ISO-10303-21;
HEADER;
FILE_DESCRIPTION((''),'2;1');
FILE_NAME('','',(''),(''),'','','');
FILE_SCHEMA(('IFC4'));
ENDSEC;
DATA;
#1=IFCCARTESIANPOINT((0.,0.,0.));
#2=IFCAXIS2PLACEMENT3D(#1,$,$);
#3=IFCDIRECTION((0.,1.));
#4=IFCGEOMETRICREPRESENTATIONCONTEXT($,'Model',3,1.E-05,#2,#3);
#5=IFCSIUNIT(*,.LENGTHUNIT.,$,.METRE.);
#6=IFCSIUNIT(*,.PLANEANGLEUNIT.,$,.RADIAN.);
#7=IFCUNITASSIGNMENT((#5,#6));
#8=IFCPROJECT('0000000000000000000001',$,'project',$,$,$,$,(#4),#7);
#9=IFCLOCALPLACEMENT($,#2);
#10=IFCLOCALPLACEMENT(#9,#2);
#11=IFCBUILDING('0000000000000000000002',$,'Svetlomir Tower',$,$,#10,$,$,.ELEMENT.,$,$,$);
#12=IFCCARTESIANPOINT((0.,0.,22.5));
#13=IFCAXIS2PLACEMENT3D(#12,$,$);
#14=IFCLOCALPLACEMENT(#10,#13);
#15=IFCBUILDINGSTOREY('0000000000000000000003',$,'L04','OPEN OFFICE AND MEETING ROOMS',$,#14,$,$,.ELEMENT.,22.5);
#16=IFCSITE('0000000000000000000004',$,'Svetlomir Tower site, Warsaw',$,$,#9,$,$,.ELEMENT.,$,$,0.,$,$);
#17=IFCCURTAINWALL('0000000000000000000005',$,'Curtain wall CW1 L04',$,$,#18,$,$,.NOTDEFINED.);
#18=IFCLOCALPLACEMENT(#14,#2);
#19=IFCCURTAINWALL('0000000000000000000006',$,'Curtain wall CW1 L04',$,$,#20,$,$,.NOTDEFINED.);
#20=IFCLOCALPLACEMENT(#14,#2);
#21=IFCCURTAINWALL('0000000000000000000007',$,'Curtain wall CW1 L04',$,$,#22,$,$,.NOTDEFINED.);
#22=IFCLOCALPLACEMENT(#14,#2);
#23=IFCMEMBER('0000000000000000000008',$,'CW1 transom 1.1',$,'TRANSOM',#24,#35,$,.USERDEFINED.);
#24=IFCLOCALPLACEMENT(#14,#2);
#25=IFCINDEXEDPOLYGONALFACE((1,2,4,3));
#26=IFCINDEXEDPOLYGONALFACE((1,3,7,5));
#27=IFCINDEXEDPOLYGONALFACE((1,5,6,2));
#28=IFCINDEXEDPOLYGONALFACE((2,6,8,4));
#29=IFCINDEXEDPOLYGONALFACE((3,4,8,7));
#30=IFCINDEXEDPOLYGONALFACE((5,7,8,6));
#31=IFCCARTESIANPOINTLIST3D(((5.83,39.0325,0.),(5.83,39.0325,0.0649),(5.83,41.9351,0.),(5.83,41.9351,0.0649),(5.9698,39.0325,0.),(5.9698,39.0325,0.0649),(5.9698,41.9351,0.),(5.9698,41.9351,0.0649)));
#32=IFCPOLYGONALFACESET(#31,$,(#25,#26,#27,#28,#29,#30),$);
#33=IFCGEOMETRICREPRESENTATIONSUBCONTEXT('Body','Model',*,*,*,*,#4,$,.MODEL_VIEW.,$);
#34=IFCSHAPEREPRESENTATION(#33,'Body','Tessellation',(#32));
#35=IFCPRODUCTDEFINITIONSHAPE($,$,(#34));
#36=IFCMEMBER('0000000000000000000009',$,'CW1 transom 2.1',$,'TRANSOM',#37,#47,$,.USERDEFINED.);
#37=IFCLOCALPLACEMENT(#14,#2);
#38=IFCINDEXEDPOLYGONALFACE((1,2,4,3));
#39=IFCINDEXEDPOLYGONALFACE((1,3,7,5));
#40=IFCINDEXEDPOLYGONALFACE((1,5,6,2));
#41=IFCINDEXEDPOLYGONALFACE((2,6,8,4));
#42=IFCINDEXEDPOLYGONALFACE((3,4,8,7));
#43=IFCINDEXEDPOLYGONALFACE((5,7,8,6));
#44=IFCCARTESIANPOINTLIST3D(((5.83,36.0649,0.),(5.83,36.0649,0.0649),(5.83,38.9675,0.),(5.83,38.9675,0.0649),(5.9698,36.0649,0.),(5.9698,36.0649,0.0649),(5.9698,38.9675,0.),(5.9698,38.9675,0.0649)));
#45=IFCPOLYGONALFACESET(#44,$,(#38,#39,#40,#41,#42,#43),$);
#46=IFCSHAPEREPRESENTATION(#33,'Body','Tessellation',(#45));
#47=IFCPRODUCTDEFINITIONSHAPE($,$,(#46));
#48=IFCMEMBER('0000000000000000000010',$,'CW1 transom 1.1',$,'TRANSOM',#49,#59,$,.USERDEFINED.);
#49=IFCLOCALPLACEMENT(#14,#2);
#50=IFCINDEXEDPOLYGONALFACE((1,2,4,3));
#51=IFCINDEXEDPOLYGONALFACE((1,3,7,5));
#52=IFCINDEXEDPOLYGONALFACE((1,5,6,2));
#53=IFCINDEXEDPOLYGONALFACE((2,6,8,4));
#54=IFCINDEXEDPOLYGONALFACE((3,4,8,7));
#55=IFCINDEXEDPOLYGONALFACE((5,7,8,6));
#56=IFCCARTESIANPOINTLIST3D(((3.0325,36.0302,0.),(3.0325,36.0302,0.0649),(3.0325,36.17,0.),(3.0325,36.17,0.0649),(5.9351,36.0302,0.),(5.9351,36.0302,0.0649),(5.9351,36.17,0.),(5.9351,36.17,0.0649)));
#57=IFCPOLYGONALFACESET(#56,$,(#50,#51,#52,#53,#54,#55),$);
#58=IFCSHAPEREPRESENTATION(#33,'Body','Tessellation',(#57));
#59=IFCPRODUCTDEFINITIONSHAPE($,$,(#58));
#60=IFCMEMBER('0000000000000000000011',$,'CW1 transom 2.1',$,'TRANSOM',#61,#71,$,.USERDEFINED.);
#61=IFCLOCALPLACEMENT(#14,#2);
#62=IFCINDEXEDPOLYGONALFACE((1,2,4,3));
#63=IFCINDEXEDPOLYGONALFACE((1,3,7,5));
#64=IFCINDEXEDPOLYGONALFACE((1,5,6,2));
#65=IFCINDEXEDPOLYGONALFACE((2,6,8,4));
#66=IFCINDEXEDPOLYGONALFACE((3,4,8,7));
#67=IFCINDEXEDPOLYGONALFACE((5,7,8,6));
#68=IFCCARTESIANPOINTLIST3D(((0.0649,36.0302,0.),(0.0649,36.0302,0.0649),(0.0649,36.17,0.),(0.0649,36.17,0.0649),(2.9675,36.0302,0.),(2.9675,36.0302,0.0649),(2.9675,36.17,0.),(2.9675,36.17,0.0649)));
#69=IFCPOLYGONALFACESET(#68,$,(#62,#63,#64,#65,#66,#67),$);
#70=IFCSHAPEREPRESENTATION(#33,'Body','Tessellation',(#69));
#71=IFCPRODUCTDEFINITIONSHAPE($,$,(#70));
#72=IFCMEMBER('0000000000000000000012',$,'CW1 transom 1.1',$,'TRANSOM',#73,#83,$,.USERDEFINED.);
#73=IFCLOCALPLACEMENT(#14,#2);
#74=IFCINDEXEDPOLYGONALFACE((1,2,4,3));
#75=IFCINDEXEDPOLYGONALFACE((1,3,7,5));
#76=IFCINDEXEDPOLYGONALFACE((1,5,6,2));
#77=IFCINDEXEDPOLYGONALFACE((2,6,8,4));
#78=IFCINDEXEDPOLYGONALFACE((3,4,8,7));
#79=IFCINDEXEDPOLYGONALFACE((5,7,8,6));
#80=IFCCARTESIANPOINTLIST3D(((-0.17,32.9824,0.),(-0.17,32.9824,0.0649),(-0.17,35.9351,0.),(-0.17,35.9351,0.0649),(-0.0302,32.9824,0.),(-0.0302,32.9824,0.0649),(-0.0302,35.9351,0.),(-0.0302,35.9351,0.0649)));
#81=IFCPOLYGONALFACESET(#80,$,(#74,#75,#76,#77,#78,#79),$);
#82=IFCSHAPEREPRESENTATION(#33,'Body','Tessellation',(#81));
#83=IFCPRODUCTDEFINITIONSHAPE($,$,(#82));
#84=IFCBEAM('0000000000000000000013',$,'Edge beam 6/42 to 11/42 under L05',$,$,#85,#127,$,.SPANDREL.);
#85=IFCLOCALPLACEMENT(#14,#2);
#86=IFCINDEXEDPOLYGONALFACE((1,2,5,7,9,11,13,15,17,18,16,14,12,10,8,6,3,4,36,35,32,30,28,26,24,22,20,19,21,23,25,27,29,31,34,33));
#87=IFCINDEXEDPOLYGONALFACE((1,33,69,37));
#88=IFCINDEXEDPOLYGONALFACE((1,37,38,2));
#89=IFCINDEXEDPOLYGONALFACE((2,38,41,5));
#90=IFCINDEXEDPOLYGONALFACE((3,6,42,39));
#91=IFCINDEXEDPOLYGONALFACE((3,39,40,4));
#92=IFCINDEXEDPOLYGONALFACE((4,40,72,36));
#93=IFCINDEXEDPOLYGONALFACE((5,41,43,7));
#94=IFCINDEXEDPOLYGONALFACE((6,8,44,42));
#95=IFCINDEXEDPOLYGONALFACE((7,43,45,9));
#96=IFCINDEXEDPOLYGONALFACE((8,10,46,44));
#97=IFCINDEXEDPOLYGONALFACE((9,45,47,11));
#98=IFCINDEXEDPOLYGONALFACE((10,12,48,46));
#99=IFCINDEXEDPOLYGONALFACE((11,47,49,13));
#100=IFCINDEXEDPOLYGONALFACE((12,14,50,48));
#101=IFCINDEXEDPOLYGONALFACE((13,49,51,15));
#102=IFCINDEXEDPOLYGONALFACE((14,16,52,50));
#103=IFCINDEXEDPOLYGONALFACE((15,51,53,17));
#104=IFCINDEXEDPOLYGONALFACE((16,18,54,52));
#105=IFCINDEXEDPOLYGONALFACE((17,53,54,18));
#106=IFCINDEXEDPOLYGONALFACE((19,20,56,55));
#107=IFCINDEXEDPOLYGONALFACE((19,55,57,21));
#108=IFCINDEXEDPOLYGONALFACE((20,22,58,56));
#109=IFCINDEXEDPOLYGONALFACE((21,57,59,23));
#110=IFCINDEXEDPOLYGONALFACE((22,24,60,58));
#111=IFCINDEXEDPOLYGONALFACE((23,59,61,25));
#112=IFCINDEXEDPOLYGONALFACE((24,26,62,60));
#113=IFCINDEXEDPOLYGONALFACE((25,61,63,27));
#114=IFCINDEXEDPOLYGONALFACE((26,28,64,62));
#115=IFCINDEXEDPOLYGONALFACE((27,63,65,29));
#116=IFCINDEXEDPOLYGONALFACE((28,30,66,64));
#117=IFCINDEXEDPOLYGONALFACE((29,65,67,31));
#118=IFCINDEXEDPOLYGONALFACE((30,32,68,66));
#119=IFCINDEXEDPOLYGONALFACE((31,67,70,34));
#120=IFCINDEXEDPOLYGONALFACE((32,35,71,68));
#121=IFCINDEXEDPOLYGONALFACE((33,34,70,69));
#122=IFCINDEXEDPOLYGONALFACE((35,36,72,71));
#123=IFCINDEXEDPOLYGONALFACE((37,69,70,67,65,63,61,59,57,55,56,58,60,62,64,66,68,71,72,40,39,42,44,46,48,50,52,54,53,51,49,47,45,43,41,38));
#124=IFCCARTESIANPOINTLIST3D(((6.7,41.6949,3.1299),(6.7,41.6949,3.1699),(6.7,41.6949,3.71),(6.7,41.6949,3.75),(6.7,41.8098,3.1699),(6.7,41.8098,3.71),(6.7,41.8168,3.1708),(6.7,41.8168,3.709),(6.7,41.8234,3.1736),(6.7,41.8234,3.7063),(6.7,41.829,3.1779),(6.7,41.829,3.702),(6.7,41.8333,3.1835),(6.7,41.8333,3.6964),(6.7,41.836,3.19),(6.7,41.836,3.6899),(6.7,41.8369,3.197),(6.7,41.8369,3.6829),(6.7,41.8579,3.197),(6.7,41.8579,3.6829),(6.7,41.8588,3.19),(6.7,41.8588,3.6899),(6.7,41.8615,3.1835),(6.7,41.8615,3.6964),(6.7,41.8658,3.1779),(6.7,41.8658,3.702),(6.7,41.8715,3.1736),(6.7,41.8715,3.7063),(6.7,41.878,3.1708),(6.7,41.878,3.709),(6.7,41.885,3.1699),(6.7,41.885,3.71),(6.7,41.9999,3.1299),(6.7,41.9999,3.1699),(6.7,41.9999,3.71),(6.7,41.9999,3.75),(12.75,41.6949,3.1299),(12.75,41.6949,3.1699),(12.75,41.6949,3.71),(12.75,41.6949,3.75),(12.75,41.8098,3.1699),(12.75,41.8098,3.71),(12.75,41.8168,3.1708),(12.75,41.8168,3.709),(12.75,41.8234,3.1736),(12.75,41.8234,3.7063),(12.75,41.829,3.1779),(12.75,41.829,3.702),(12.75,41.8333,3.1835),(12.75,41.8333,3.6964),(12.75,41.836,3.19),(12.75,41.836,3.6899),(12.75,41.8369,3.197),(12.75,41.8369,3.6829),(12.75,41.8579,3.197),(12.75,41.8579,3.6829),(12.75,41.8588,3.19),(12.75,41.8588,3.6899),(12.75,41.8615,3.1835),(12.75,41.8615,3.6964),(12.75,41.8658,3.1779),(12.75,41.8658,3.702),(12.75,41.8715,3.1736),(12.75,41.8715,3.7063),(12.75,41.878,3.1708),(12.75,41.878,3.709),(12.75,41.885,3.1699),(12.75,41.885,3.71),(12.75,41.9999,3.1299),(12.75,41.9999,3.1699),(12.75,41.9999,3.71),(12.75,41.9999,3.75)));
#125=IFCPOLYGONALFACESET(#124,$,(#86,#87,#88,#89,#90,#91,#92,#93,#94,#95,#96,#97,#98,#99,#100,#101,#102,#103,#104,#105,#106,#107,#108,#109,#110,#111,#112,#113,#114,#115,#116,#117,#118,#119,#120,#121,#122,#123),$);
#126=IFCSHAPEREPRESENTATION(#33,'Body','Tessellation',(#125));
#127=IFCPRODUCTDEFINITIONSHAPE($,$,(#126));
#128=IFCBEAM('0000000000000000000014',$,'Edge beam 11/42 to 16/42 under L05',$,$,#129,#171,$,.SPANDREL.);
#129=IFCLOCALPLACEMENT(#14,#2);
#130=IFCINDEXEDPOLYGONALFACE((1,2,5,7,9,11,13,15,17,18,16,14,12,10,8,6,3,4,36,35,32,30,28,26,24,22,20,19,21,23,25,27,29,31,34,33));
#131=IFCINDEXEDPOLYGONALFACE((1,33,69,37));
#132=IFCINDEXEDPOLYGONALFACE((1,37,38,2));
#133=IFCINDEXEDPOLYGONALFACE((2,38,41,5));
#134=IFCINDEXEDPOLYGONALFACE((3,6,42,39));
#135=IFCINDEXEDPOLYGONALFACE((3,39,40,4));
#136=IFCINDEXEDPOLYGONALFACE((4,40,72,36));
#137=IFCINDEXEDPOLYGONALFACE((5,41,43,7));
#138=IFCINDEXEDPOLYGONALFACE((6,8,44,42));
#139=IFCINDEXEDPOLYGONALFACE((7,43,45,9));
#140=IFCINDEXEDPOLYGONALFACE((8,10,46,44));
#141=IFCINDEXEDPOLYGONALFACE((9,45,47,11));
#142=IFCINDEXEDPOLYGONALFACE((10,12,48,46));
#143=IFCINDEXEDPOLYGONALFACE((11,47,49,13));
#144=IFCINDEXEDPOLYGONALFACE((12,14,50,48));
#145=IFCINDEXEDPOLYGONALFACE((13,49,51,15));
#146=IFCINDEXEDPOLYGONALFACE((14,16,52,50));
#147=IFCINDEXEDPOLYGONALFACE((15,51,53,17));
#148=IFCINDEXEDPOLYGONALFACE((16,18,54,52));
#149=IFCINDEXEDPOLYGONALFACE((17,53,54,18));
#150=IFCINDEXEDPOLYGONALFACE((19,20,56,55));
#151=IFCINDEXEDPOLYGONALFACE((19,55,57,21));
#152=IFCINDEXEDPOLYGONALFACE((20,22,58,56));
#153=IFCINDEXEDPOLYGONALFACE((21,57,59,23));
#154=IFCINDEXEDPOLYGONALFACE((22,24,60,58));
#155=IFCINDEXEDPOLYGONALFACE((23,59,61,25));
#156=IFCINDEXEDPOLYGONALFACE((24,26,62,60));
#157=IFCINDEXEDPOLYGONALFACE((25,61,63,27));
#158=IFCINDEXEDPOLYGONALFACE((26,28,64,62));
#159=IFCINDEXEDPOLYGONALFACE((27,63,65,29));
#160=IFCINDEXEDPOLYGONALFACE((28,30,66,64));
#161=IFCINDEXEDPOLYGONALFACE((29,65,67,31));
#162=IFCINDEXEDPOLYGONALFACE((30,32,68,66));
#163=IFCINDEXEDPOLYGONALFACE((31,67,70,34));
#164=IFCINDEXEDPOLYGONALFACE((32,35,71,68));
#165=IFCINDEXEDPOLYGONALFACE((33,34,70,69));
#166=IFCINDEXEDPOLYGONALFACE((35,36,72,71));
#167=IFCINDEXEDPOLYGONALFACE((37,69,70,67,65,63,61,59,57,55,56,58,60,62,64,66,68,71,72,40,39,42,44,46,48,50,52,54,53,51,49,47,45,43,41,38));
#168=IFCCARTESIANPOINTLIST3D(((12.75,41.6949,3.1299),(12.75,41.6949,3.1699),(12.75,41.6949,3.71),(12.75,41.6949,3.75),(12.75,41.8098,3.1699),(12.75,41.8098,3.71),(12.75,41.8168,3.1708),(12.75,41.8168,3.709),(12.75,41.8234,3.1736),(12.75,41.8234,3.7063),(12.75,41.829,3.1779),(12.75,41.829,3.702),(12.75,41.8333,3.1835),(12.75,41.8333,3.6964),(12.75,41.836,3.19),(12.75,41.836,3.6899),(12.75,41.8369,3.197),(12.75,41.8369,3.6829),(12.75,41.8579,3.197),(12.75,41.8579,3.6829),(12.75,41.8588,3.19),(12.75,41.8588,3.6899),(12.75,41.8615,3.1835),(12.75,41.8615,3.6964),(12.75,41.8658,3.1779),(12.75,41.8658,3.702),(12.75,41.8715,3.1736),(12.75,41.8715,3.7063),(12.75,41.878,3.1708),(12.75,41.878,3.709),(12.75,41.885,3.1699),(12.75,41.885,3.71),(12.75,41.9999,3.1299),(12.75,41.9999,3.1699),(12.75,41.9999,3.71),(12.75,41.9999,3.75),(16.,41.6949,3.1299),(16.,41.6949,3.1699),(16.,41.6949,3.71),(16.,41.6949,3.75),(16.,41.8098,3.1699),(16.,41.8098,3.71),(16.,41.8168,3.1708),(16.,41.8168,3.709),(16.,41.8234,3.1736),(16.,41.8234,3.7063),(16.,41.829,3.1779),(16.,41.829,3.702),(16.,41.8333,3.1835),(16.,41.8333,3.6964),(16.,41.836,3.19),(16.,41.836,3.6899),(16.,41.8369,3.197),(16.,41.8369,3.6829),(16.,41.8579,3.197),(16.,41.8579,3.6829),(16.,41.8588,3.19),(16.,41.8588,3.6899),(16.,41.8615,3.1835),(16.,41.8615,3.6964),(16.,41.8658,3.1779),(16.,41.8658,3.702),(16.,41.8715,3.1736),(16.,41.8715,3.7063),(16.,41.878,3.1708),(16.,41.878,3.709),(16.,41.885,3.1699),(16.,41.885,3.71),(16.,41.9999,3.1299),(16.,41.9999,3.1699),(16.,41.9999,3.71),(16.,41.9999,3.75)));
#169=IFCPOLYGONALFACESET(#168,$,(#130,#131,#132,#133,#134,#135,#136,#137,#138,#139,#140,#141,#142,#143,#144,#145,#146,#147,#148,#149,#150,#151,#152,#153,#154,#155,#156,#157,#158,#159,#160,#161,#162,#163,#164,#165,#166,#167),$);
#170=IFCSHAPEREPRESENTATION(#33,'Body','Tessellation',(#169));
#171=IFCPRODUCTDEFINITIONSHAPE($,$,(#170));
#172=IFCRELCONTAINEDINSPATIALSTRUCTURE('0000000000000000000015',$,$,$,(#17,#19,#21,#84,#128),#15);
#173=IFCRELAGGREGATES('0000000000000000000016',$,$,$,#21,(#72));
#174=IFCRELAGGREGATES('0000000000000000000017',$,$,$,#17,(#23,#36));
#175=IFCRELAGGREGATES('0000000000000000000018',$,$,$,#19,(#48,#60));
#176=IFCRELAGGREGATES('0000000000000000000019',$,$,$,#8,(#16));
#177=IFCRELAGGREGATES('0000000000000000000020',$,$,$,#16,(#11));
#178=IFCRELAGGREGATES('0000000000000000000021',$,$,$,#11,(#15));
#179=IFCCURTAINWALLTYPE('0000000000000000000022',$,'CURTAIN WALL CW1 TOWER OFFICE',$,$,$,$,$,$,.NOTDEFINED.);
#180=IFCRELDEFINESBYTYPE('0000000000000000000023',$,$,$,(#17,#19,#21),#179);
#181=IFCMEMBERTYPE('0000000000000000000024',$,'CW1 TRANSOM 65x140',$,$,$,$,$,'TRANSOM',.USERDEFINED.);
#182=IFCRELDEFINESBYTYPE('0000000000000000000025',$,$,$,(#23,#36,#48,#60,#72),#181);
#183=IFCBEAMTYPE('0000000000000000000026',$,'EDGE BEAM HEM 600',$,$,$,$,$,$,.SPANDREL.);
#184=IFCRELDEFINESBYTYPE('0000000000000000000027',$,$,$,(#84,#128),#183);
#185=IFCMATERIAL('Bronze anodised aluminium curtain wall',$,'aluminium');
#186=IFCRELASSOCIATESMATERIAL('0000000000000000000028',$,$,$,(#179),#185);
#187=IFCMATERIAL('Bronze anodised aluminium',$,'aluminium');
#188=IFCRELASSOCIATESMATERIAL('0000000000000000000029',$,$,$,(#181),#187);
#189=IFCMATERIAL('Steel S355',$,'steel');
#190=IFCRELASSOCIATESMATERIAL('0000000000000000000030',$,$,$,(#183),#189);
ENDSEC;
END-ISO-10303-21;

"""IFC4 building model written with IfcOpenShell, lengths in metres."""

from ifc_helpers import new_model, si_unit, direction, frame, origin, origin_2d, place, context, subcontext, project, spatial, rectangle, i_section, extrude, material, material_profile, profile_set, type_object, element, aggregate, save


model = new_model("IFC4")

# Units and contexts
model_context = context("Model", 3, precision=1e-05, world=origin(), true_north=direction((0.0, 1.0)))
body_context = subcontext(model_context, "Body", "Model", "MODEL_VIEW")
ifc_project = project(units=[si_unit("LENGTHUNIT", "METRE"), si_unit("PLANEANGLEUNIT", "RADIAN")], contexts=[model_context])

# Site, building, storey
site_placement = place(None, origin())
site = spatial("IfcSite", under=ifc_project, at=site_placement, Name="Svetlomir Tower site, Warsaw", CompositionType="ELEMENT", RefElevation=0.0)
building_placement = place(site_placement, origin())
building = spatial("IfcBuilding", under=site, at=building_placement, Name="Svetlomir Tower", CompositionType="ELEMENT")
storey_placement = place(building_placement, frame((0.0, 0.0, 22.5)))
storey = spatial("IfcBuildingStorey", under=building, at=storey_placement, Name="L04", Description="OPEN OFFICE AND MEETING ROOMS", CompositionType="ELEMENT", Elevation=22.5)

# Curtain walls
ifc_material_1 = material(Name="Bronze anodised aluminium curtain wall", Category="aluminium")
curtain_wall_type = type_object("IfcCurtainWallType", Name="CURTAIN WALL CW1 TOWER OFFICE", PredefinedType="NOTDEFINED", material=ifc_material_1)
curtain_wall_1_placement = place(storey_placement, origin())
curtain_wall_1 = element("IfcCurtainWall", 1, at=curtain_wall_1_placement, inside=storey, type_object=curtain_wall_type, Name="Curtain wall CW1 L04", PredefinedType="NOTDEFINED")
curtain_wall_2_placement = place(storey_placement, origin())
curtain_wall_2 = element("IfcCurtainWall", 2, at=curtain_wall_2_placement, inside=storey, type_object=curtain_wall_type, Name="Curtain wall CW1 L04", PredefinedType="NOTDEFINED")

# Curtain wall
curtain_wall_3_placement = place(storey_placement, origin())
curtain_wall_3 = element("IfcCurtainWall", 3, at=curtain_wall_3_placement, inside=storey, type_object=curtain_wall_type, Name="Curtain wall CW1 L04", PredefinedType="NOTDEFINED")

# Members
ifc_material_2 = material(Name="Bronze anodised aluminium", Category="aluminium")
ifc_material_profile_1 = material_profile(ifc_material_2, rectangle(XDim=0.1399, YDim=0.0649, at=origin_2d()), Name="AL 140x65")
ifc_profile_set_1 = profile_set([ifc_material_profile_1], Name="Bronze anodised aluminium 6063-T6")
member_type_1 = type_object("IfcMemberType", Name="CW1 TRANSOM 65x140", ElementType="TRANSOM", PredefinedType="USERDEFINED", material=ifc_profile_set_1)
member_1_placement = place(storey_placement, frame((5.8999, 41.9351, 0.0325), z_axis=(0.0, -1.0, 0.0), x_axis=(1.0, 0.0, 0.0)))
member_1 = element("IfcMember", 4, at=member_1_placement, type_object=member_type_1, Name="CW1 transom 1.1", ObjectType="TRANSOM", PredefinedType="USERDEFINED", context=body_context, shape_type="SweptSolid", body=[
    extrude(rectangle(XDim=0.1399, YDim=0.0649, at=origin_2d()), origin(), (0.0, 0.0, 1.0), 2.9026),
])
member_2_placement = place(storey_placement, frame((5.8999, 38.9675, 0.0325), z_axis=(0.0, -1.0, 0.0), x_axis=(1.0, 0.0, 0.0)))
member_2 = element("IfcMember", 5, at=member_2_placement, type_object=member_type_1, Name="CW1 transom 2.1", ObjectType="TRANSOM", PredefinedType="USERDEFINED", context=body_context, shape_type="SweptSolid", body=[
    extrude(rectangle(XDim=0.1399, YDim=0.0649, at=origin_2d()), origin(), (0.0, 0.0, 1.0), 2.9026),
])
member_3_placement = place(storey_placement, frame((5.9351, 36.1001, 0.0325), z_axis=(-1.0, 0.0, 0.0), x_axis=(0.0, -1.0, 0.0)))
member_3 = element("IfcMember", 6, at=member_3_placement, type_object=member_type_1, Name="CW1 transom 1.1", ObjectType="TRANSOM", PredefinedType="USERDEFINED", context=body_context, shape_type="SweptSolid", body=[
    extrude(rectangle(XDim=0.1399, YDim=0.0649, at=origin_2d()), origin(), (0.0, 0.0, 1.0), 2.9026),
])
member_4_placement = place(storey_placement, frame((2.9675, 36.1001, 0.0325), z_axis=(-1.0, 0.0, 0.0), x_axis=(0.0, -1.0, 0.0)))
member_4 = element("IfcMember", 7, at=member_4_placement, type_object=member_type_1, Name="CW1 transom 2.1", ObjectType="TRANSOM", PredefinedType="USERDEFINED", context=body_context, shape_type="SweptSolid", body=[
    extrude(rectangle(XDim=0.1399, YDim=0.0649, at=origin_2d()), origin(), (0.0, 0.0, 1.0), 2.9026),
])
member_5_placement = place(storey_placement, frame((-0.1001, 35.9351, 0.0325), z_axis=(0.0, -1.0, 0.0), x_axis=(1.0, 0.0, 0.0)))
member_5 = element("IfcMember", 8, at=member_5_placement, type_object=member_type_1, Name="CW1 transom 1.1", ObjectType="TRANSOM", PredefinedType="USERDEFINED", context=body_context, shape_type="SweptSolid", body=[
    extrude(rectangle(XDim=0.1399, YDim=0.0649, at=origin_2d()), origin(), (0.0, 0.0, 1.0), 2.9526),
])
aggregate(curtain_wall_3, [member_5])

# Beams
ifc_material_3 = material(Name="Steel S355", Category="steel")
ifc_material_profile_2 = material_profile(ifc_material_3, i_section(OverallWidth=0.3049, OverallDepth=0.6201, WebThickness=0.021, FlangeThickness=0.04, FilletRadius=0.0271, at=origin_2d()), Name="HEM 600")
ifc_profile_set_2 = profile_set([ifc_material_profile_2], Name="Steel S355")
beam_type = type_object("IfcBeamType", Name="EDGE BEAM HEM 600", PredefinedType="SPANDREL", material=ifc_profile_set_2)
beam_1_placement = place(storey_placement, frame((6.7, 41.8474, 3.4399), z_axis=(1.0, 0.0, 0.0), x_axis=(0.0, 1.0, 0.0)))
element("IfcBeam", 9, at=beam_1_placement, inside=storey, type_object=beam_type, Name="Edge beam 6/42 to 11/42 under L05", PredefinedType="SPANDREL", context=body_context, shape_type="SweptSolid", body=[
    extrude(i_section(OverallWidth=0.3049, OverallDepth=0.6201, WebThickness=0.021, FlangeThickness=0.04, FilletRadius=0.0271, at=origin_2d()), origin(), (0.0, 0.0, 1.0), 6.05),
])
beam_2_placement = place(storey_placement, frame((12.75, 41.8474, 3.4399), z_axis=(1.0, 0.0, 0.0), x_axis=(0.0, 1.0, 0.0)))
element("IfcBeam", 10, at=beam_2_placement, inside=storey, type_object=beam_type, Name="Edge beam 11/42 to 16/42 under L05", PredefinedType="SPANDREL", context=body_context, shape_type="SweptSolid", body=[
    extrude(i_section(OverallWidth=0.3049, OverallDepth=0.6201, WebThickness=0.021, FlangeThickness=0.04, FilletRadius=0.0271, at=origin_2d()), origin(), (0.0, 0.0, 1.0), 3.25),
])

aggregate(curtain_wall_1, [member_1, member_2])
aggregate(curtain_wall_2, [member_3, member_4])

save(model, "model.ifc")
